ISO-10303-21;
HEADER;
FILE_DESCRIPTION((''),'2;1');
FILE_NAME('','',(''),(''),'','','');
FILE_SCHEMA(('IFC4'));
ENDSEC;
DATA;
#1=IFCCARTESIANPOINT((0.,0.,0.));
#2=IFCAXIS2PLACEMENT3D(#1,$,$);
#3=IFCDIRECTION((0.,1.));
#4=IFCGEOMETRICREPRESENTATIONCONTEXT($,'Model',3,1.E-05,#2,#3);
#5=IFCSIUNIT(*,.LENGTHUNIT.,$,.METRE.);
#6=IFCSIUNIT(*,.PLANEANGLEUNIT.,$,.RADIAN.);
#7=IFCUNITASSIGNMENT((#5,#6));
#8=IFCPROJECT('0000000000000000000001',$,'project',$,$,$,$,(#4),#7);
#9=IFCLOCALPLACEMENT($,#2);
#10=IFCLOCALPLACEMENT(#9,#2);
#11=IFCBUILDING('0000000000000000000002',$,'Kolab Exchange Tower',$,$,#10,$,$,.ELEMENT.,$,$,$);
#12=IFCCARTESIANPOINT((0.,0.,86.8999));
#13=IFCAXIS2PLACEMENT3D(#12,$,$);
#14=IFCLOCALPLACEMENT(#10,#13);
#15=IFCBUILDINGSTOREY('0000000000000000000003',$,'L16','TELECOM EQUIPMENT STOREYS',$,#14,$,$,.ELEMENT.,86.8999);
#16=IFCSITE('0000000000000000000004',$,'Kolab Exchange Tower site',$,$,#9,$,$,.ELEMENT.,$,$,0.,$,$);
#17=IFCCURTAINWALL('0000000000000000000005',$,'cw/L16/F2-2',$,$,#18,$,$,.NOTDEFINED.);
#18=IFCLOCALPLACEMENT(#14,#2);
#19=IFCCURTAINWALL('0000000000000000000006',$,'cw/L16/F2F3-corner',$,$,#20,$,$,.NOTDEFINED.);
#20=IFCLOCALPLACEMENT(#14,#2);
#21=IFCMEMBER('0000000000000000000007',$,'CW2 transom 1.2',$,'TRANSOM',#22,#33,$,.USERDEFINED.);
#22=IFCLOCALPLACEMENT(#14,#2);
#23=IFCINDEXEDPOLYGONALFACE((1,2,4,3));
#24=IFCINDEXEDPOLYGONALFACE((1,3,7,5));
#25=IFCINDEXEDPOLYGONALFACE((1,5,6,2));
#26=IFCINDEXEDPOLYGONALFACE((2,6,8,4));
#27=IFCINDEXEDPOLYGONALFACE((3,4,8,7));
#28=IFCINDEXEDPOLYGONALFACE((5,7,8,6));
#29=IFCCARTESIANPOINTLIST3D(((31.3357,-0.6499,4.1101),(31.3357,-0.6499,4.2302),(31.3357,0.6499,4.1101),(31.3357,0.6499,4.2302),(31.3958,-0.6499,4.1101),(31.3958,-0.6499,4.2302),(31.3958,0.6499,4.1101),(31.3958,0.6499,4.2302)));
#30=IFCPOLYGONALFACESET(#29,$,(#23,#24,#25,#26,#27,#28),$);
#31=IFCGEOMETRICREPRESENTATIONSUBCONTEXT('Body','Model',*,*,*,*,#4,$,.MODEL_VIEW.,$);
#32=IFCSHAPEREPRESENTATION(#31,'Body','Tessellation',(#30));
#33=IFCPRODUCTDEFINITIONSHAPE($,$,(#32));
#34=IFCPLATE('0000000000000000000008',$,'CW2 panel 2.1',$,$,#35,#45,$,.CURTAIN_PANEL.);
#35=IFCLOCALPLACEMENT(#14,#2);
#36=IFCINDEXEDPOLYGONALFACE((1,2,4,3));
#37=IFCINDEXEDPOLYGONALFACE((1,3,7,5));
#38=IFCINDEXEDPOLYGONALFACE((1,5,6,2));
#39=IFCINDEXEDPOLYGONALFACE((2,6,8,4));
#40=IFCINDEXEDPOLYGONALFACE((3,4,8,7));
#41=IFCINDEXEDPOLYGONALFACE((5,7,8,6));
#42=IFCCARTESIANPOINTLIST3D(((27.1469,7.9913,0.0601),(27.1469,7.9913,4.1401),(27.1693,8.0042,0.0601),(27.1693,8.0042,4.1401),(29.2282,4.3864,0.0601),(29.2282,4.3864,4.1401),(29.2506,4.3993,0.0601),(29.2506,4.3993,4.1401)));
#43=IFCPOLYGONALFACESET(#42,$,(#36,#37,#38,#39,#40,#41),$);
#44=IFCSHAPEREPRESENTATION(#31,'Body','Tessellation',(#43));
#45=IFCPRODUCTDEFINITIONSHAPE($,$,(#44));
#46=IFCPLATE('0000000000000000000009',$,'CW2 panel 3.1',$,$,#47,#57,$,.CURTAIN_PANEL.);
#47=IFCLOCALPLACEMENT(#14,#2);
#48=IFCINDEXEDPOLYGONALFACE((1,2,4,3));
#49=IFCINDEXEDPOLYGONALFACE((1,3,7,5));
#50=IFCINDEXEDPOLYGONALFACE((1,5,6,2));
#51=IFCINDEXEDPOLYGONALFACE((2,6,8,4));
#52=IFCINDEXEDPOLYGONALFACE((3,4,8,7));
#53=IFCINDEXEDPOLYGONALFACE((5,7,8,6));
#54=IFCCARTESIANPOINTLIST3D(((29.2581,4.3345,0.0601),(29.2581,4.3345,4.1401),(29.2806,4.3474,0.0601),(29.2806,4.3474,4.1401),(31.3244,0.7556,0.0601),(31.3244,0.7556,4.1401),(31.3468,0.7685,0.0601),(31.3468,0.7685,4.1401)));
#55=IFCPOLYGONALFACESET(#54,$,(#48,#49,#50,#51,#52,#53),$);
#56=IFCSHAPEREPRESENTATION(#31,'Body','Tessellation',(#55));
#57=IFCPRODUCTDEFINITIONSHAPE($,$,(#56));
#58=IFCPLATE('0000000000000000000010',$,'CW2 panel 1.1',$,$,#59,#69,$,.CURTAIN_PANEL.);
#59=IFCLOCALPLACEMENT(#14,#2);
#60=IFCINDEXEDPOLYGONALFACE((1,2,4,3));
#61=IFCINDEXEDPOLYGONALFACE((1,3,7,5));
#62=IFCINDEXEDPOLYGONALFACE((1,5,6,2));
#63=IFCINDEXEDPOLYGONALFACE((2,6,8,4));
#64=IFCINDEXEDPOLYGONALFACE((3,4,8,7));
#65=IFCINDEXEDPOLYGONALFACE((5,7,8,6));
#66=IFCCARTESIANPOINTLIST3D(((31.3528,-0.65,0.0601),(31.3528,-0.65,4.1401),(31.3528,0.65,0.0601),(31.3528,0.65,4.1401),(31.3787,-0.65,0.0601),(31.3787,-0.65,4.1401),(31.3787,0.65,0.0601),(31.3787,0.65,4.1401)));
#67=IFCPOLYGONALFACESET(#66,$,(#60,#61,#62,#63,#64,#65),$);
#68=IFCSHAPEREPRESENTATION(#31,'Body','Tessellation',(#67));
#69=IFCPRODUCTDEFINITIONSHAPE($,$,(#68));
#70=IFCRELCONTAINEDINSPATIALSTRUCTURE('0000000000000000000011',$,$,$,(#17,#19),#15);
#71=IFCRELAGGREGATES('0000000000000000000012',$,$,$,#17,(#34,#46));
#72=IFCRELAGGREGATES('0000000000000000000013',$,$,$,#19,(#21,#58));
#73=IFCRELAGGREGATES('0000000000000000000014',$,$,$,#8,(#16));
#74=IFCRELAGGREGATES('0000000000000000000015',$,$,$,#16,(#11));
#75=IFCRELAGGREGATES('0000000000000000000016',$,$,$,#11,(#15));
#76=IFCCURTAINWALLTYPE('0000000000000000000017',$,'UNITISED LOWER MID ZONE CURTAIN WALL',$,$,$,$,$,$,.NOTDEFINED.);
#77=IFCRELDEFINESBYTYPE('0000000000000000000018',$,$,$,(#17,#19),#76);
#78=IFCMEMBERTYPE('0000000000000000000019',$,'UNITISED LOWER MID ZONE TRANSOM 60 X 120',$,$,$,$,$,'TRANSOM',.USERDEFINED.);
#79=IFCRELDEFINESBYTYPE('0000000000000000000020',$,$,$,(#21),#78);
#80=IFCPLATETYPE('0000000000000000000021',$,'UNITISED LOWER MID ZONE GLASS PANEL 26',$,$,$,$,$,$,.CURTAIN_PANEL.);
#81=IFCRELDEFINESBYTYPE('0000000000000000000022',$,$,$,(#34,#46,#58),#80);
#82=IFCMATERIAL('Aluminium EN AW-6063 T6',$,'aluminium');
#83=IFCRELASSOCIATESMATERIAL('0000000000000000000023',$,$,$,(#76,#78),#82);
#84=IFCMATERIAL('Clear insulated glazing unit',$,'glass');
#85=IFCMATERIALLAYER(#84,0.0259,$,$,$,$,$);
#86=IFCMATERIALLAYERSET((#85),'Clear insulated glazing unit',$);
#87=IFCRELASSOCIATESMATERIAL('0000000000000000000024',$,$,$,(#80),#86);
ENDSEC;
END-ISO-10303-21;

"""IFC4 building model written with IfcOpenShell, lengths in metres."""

from ifc_helpers import new_model, si_unit, direction, frame, origin, origin_2d, place, context, subcontext, project, spatial, rectangle, extrude, material, layer, layer_set, material_profile, profile_set, type_object, element, aggregate, save


model = new_model("IFC4")

# Units and contexts
model_context = context("Model", 3, precision=1e-05, world=origin(), true_north=direction((0.0, 1.0)))
body_context = subcontext(model_context, "Body", "Model", "MODEL_VIEW")
ifc_project = project(units=[si_unit("LENGTHUNIT", "METRE"), si_unit("PLANEANGLEUNIT", "RADIAN")], contexts=[model_context])

# Site, building, storey
site_placement = place(None, origin())
site = spatial("IfcSite", under=ifc_project, at=site_placement, Name="Kolab Exchange Tower site", CompositionType="ELEMENT", RefElevation=0.0)
building_placement = place(site_placement, origin())
building = spatial("IfcBuilding", under=site, at=building_placement, Name="Kolab Exchange Tower", CompositionType="ELEMENT")
storey_placement = place(building_placement, frame((0.0, 0.0, 86.8999)))
storey = spatial("IfcBuildingStorey", under=building, at=storey_placement, Name="L16", Description="TELECOM EQUIPMENT STOREYS", CompositionType="ELEMENT", Elevation=86.8999)

# Curtain wall
ifc_material_1 = material(Name="Aluminium EN AW-6063 T6", Category="aluminium")
curtain_wall_type = type_object("IfcCurtainWallType", Name="UNITISED LOWER MID ZONE CURTAIN WALL", PredefinedType="NOTDEFINED", material=ifc_material_1)
curtain_wall_1_placement = place(storey_placement, origin())
curtain_wall_1 = element("IfcCurtainWall", 1, at=curtain_wall_1_placement, inside=storey, type_object=curtain_wall_type, Name="cw/L16/F2-2", PredefinedType="NOTDEFINED")

# Curtain wall
curtain_wall_2_placement = place(storey_placement, origin())
curtain_wall_2 = element("IfcCurtainWall", 2, at=curtain_wall_2_placement, inside=storey, type_object=curtain_wall_type, Name="cw/L16/F2F3-corner", PredefinedType="NOTDEFINED")

# Member
ifc_material_profile_1 = material_profile(ifc_material_1, rectangle(XDim=0.0601, YDim=0.1201, at=origin_2d()), Name="RECT 60X120")
ifc_profile_set_1 = profile_set([ifc_material_profile_1], Name="Aluminium EN AW-6063 T6")
member_type_1 = type_object("IfcMemberType", Name="UNITISED LOWER MID ZONE TRANSOM 60 X 120", ElementType="TRANSOM", PredefinedType="USERDEFINED", material=ifc_profile_set_1)
member_1_placement = place(storey_placement, frame((31.3657, 0.6499, 4.1702), z_axis=(0.0, -1.0, 0.0), x_axis=(1.0, 0.0, 0.0)))
member_1 = element("IfcMember", 3, at=member_1_placement, type_object=member_type_1, Name="CW2 transom 1.2", ObjectType="TRANSOM", PredefinedType="USERDEFINED", context=body_context, shape_type="SweptSolid", body=[
    extrude(rectangle(XDim=0.0601, YDim=0.1201, at=origin_2d()), origin(), (0.0, 0.0, 1.0), 1.2998),
])

# Plates
ifc_material_2 = material(Name="Clear insulated glazing unit", Category="glass")
ifc_layer = layer(ifc_material_2, 0.0259)
ifc_layer_set = layer_set([ifc_layer], Name="Clear insulated glazing unit")
plate_type = type_object("IfcPlateType", Name="UNITISED LOWER MID ZONE GLASS PANEL 26", PredefinedType="CURTAIN_PANEL", material=ifc_layer_set)
plate_1_placement = place(storey_placement, frame((28.1987, 6.1953, 0.0601), z_axis=(0.0, 0.0, 1.0), x_axis=(0.5, -0.866025, 0.0)))
plate_1 = element("IfcPlate", 4, at=plate_1_placement, type_object=plate_type, Name="CW2 panel 2.1", PredefinedType="CURTAIN_PANEL", context=body_context, shape_type="SweptSolid", body=[
    extrude(rectangle(XDim=4.1626, YDim=0.0259, at=origin_2d()), origin(), (0.0, 0.0, 1.0), 4.0801),
])
plate_2_placement = place(storey_placement, frame((30.3025, 2.5515, 0.0601), z_axis=(0.0, 0.0, 1.0), x_axis=(0.5, -0.866025, 0.0)))
plate_2 = element("IfcPlate", 5, at=plate_2_placement, type_object=plate_type, Name="CW2 panel 3.1", PredefinedType="CURTAIN_PANEL", context=body_context, shape_type="SweptSolid", body=[
    extrude(rectangle(XDim=4.1326, YDim=0.0259, at=origin_2d()), origin(), (0.0, 0.0, 1.0), 4.0801),
])
aggregate(curtain_wall_1, [plate_1, plate_2])
plate_3_placement = place(storey_placement, frame((31.3657, 0.0, 0.0601), z_axis=(0.0, 0.0, 1.0), x_axis=(0.0, -1.0, 0.0)))
plate_3 = element("IfcPlate", 6, at=plate_3_placement, type_object=plate_type, Name="CW2 panel 1.1", PredefinedType="CURTAIN_PANEL", context=body_context, shape_type="SweptSolid", body=[
    extrude(rectangle(XDim=1.3, YDim=0.0259, at=origin_2d()), origin(), (0.0, 0.0, 1.0), 4.0801),
])
aggregate(curtain_wall_2, [member_1, plate_3])

save(model, "model.ifc")
